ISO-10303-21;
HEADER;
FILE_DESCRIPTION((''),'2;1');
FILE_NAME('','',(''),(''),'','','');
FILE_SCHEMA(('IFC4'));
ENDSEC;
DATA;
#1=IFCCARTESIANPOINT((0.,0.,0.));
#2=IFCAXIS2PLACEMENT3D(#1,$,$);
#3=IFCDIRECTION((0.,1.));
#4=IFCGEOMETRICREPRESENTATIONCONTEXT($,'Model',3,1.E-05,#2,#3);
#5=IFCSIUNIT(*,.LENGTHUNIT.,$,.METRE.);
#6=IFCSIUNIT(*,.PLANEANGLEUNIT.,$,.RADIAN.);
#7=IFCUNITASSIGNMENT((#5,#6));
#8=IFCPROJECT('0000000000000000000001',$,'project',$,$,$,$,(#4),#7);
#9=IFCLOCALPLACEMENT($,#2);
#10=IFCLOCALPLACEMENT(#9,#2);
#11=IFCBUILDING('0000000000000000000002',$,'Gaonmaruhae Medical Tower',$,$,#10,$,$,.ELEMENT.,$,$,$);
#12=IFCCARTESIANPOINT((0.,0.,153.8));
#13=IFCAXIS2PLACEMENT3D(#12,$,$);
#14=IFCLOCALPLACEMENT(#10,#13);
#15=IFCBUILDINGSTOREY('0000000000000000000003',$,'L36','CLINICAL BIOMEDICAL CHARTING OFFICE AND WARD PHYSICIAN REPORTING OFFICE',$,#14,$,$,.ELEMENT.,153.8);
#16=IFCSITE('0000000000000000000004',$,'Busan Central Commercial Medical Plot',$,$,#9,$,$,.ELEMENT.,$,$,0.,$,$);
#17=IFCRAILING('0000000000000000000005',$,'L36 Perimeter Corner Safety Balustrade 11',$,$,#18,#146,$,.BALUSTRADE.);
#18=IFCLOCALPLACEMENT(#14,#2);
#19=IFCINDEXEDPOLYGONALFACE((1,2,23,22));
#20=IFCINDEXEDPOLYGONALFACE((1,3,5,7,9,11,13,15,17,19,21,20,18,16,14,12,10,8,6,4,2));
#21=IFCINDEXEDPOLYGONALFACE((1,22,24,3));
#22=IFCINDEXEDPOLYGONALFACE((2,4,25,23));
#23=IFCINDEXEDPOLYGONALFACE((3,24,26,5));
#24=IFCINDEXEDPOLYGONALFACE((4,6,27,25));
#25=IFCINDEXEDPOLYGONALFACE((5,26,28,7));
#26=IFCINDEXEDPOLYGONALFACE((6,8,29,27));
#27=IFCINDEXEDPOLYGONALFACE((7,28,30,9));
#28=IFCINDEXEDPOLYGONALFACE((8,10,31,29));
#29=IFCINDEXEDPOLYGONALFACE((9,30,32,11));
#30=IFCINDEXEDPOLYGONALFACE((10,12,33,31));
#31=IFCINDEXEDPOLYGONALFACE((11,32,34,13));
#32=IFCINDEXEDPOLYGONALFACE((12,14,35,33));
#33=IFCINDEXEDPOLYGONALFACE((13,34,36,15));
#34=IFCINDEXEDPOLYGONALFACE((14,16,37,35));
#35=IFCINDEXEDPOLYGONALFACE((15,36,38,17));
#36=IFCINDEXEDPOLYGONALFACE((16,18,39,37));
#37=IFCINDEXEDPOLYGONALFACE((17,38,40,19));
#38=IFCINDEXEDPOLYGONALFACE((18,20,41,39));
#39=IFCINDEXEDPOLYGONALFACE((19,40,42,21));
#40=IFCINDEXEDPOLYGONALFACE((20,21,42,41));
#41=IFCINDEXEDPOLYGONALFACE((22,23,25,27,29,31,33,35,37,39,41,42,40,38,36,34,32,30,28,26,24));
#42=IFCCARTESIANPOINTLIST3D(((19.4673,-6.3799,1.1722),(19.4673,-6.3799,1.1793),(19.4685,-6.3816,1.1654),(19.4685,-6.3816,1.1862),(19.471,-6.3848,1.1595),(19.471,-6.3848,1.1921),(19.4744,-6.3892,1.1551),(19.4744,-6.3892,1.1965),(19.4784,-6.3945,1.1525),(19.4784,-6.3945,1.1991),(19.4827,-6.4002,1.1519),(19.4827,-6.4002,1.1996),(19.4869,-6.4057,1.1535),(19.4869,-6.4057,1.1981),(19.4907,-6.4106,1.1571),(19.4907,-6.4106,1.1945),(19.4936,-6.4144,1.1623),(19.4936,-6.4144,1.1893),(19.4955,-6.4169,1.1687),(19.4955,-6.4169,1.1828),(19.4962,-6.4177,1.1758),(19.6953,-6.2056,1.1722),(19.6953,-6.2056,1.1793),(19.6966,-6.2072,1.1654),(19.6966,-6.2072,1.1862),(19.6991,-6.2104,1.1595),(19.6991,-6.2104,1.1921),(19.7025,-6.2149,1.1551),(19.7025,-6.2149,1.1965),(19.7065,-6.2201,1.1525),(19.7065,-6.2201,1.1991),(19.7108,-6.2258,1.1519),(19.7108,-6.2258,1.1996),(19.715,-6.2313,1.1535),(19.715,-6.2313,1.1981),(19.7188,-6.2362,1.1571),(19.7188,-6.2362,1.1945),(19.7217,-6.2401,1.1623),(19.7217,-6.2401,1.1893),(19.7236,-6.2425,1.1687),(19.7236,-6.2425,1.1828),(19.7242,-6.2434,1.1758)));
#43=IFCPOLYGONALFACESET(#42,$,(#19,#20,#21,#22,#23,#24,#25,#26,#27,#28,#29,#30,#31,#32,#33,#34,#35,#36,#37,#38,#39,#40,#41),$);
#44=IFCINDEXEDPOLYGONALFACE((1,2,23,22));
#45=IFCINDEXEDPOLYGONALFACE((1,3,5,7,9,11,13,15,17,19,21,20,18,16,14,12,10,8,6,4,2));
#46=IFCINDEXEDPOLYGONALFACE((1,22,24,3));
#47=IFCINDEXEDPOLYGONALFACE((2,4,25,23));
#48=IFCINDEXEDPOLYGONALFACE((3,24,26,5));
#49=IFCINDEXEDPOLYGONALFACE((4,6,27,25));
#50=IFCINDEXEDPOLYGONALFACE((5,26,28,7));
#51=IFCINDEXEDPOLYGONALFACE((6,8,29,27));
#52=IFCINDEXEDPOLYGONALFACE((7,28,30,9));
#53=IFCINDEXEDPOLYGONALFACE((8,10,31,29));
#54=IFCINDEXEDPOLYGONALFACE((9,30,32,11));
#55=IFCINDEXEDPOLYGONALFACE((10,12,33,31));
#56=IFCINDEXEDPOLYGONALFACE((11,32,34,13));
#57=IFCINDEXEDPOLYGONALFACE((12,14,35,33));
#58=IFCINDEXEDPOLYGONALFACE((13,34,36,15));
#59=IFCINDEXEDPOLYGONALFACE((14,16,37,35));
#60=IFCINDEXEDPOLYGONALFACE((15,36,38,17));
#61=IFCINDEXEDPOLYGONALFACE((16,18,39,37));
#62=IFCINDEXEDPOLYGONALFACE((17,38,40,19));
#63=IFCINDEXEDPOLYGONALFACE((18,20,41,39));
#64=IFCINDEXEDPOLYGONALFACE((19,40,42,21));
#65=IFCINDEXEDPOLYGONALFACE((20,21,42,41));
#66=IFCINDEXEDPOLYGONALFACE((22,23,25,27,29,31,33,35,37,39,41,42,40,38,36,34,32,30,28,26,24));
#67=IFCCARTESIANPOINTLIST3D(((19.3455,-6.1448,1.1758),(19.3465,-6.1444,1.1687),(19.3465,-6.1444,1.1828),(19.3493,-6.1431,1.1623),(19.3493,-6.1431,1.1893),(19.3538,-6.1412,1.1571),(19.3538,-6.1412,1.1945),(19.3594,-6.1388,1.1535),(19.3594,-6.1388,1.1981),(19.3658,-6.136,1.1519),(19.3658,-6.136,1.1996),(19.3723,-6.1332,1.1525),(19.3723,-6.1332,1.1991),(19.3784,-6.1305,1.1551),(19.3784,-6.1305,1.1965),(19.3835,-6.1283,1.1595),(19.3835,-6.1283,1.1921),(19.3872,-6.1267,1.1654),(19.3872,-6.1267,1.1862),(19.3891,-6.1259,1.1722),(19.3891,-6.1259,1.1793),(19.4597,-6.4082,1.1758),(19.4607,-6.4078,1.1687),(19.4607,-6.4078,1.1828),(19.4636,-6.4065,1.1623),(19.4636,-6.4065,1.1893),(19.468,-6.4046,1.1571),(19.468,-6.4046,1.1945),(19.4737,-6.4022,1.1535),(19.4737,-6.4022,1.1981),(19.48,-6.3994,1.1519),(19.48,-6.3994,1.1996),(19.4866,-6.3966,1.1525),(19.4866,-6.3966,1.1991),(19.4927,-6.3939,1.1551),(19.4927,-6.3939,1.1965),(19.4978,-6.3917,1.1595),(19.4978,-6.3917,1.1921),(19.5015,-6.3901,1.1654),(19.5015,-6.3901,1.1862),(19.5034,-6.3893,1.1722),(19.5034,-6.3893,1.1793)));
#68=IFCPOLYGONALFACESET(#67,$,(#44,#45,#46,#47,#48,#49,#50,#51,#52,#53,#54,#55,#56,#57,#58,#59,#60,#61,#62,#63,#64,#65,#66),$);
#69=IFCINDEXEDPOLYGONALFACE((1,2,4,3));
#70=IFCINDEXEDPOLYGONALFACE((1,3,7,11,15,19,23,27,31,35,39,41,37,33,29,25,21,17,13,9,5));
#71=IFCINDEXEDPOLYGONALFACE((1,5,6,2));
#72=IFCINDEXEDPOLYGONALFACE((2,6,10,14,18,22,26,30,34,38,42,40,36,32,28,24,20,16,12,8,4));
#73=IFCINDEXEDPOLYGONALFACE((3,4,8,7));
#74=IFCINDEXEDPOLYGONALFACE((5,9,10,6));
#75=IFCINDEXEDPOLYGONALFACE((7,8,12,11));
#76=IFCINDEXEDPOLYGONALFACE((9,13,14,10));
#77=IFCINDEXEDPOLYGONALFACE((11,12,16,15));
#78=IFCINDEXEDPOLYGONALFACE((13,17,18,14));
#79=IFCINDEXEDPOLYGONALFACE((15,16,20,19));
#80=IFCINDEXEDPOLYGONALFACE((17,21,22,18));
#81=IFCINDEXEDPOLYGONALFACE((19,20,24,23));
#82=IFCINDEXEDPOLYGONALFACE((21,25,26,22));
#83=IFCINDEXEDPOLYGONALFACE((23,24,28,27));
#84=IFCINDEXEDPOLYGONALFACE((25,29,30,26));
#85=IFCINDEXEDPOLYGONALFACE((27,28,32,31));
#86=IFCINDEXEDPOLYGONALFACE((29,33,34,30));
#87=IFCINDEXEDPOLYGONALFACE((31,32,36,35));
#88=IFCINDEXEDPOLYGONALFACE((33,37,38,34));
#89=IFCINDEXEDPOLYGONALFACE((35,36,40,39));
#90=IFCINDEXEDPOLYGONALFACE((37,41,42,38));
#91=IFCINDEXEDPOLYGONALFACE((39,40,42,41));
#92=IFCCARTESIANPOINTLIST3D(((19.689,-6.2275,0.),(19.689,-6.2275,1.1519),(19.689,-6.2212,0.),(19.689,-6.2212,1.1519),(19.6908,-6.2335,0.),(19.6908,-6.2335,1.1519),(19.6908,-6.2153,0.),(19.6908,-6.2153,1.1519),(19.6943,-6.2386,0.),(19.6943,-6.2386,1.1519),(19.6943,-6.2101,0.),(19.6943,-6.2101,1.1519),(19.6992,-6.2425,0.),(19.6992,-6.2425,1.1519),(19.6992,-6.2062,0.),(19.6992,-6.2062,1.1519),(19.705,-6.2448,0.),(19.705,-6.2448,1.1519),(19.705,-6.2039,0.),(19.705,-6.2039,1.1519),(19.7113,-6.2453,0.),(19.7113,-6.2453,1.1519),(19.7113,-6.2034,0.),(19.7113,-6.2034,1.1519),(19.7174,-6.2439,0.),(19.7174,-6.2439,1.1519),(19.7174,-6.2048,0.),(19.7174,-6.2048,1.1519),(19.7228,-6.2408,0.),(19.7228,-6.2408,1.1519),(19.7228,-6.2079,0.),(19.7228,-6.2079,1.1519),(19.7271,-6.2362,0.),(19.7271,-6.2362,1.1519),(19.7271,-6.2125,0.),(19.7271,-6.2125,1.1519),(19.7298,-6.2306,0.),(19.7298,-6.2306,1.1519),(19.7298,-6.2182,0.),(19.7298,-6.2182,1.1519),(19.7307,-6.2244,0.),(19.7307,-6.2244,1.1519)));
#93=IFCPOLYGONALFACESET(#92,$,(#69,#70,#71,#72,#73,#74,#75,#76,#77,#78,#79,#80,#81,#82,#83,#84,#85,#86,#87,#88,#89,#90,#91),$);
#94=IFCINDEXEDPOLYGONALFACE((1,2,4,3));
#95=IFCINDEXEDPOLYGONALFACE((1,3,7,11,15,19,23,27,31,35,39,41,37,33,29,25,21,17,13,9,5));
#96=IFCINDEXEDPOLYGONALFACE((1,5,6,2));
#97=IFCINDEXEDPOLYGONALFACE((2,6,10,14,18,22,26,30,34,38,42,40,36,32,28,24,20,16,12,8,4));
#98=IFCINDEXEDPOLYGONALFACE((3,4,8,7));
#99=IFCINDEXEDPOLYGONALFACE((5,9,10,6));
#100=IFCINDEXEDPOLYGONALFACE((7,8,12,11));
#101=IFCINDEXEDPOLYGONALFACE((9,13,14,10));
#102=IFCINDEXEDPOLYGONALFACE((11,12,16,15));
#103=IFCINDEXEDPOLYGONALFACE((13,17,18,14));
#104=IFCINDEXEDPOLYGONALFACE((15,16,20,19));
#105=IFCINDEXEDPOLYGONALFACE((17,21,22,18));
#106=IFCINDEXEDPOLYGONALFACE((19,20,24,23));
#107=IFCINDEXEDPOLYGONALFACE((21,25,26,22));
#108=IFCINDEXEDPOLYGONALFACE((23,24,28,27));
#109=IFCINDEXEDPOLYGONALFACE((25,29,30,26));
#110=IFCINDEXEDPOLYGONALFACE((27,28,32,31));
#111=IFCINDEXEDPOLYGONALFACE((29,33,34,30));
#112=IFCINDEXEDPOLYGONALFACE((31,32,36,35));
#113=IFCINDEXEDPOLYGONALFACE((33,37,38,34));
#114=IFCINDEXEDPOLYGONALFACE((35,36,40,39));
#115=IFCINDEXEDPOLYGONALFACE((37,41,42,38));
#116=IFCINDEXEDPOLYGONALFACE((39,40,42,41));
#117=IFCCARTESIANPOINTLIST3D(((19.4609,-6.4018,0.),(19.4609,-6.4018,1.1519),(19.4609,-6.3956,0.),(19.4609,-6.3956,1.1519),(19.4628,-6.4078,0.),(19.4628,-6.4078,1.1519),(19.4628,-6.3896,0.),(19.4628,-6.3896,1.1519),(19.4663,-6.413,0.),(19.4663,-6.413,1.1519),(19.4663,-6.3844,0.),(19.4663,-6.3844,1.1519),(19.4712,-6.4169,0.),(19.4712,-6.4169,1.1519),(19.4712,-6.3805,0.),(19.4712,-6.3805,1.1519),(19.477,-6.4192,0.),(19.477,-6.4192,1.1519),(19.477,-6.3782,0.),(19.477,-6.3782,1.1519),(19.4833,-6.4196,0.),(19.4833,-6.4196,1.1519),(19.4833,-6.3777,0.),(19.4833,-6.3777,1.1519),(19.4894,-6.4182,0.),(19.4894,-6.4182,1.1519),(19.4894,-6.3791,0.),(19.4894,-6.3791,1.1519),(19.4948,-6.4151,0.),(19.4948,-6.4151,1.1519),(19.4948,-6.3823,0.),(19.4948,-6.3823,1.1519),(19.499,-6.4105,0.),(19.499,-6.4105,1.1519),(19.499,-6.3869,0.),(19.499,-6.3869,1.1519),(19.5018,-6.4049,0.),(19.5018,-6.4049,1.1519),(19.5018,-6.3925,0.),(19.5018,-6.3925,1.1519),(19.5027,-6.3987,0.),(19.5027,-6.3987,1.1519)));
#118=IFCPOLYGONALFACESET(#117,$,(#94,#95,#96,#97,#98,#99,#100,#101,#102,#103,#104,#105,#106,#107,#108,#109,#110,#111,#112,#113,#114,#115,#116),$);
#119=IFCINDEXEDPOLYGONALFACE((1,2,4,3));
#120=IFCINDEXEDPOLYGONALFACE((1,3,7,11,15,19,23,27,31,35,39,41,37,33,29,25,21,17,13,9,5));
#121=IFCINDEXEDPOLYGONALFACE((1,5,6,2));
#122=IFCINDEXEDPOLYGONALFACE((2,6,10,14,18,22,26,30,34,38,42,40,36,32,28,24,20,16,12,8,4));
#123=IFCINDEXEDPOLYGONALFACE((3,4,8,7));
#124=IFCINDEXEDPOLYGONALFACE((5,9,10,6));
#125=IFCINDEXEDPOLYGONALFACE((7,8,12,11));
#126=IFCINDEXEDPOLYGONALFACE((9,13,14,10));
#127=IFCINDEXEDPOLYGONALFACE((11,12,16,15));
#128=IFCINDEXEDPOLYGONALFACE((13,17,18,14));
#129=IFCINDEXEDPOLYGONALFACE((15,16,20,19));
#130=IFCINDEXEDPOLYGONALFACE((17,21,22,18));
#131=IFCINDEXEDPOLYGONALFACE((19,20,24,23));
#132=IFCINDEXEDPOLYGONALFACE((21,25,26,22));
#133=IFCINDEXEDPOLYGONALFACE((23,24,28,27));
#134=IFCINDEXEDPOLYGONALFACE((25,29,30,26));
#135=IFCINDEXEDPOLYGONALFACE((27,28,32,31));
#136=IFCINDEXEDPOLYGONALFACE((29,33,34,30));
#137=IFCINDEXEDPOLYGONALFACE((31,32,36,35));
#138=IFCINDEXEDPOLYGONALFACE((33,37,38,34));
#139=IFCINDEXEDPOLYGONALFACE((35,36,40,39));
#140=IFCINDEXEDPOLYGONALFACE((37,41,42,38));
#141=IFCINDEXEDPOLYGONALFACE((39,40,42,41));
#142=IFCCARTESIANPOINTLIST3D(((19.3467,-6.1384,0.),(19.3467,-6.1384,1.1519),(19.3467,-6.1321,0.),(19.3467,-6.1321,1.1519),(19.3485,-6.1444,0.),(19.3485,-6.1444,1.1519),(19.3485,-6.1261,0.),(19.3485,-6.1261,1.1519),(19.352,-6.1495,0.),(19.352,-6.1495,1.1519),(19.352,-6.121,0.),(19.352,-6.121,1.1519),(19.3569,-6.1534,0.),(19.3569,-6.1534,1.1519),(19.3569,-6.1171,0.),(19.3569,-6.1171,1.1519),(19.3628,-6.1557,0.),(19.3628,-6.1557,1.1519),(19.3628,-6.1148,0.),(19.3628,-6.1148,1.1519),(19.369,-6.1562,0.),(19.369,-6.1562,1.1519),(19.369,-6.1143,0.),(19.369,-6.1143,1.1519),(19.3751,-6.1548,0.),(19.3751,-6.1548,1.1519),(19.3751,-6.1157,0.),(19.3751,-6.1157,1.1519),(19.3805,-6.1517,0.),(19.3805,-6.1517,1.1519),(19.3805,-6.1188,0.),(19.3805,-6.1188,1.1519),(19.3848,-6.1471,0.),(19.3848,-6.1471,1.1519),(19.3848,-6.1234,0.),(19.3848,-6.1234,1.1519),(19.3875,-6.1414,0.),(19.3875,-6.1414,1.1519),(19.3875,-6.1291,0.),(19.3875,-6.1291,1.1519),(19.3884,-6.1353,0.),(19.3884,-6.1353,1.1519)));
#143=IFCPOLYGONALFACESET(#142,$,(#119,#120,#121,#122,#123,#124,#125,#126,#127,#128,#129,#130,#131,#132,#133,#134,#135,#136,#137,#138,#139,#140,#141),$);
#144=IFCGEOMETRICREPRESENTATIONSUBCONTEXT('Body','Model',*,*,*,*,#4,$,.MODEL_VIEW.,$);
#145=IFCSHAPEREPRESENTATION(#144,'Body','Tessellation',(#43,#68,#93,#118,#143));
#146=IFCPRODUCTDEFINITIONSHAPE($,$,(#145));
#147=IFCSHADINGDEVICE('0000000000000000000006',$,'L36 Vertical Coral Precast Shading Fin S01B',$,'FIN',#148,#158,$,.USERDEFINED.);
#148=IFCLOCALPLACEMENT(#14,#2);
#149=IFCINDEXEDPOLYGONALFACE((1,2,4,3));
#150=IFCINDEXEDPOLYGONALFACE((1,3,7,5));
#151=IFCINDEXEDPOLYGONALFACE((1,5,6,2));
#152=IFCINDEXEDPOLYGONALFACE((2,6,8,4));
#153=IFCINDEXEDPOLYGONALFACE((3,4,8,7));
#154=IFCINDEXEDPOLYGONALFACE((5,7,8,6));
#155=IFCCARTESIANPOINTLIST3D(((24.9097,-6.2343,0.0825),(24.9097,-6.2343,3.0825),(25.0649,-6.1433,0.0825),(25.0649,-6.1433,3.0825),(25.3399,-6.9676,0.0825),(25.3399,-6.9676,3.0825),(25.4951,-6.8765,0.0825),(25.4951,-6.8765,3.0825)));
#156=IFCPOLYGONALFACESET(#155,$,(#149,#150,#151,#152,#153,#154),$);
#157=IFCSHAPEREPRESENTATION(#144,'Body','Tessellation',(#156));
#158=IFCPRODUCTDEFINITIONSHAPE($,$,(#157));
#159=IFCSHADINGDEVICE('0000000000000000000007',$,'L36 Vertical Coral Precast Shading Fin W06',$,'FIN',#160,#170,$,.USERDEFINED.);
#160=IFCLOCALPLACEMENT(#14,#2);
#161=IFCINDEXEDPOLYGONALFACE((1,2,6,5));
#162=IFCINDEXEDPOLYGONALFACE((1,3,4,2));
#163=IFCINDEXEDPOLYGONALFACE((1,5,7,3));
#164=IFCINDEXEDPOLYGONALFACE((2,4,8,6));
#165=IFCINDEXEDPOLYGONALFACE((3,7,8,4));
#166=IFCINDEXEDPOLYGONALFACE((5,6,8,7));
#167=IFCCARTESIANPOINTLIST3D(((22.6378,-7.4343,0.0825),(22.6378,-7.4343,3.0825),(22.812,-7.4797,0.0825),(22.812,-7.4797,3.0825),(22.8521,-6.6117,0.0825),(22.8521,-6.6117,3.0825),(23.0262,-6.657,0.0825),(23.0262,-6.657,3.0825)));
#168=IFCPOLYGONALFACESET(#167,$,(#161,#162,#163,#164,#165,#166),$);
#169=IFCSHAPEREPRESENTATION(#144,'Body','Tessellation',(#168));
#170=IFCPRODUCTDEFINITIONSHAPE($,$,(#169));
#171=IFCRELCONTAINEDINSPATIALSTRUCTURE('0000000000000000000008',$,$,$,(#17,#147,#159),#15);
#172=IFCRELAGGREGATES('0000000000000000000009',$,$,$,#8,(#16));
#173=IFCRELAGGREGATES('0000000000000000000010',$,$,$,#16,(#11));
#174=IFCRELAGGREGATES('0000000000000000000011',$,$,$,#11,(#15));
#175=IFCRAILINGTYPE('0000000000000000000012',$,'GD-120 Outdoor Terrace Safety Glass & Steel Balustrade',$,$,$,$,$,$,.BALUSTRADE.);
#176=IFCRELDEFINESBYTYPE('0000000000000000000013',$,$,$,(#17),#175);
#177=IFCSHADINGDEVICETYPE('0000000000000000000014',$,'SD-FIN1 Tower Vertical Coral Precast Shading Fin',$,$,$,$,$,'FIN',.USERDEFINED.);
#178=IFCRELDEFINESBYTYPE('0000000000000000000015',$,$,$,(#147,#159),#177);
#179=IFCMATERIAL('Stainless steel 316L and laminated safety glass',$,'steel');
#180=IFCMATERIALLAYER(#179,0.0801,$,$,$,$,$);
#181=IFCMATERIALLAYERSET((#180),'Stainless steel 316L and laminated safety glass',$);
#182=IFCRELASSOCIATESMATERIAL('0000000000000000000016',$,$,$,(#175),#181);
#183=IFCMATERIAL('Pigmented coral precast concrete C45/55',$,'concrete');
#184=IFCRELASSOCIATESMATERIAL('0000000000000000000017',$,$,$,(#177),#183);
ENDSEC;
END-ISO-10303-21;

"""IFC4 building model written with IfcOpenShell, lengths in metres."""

from ifc_helpers import new_model, si_unit, direction, frame, origin, origin_2d, place, context, subcontext, project, spatial, rectangle, circle, extrude, material, layer, layer_set, type_object, element, save


model = new_model("IFC4")

# Units and contexts
model_context = context("Model", 3, precision=1e-05, world=origin(), true_north=direction((0.0, 1.0)))
body_context = subcontext(model_context, "Body", "Model", "MODEL_VIEW")
ifc_project = project(units=[si_unit("LENGTHUNIT", "METRE"), si_unit("PLANEANGLEUNIT", "RADIAN")], contexts=[model_context])

# Site, building, storey
site_placement = place(None, origin())
site = spatial("IfcSite", under=ifc_project, at=site_placement, Name="Busan Central Commercial Medical Plot", CompositionType="ELEMENT", RefElevation=0.0)
building_placement = place(site_placement, origin())
building = spatial("IfcBuilding", under=site, at=building_placement, Name="Gaonmaruhae Medical Tower", CompositionType="ELEMENT")
storey_placement = place(building_placement, frame((0.0, 0.0, 153.8)))
storey = spatial("IfcBuildingStorey", under=building, at=storey_placement, Name="L36", Description="CLINICAL BIOMEDICAL CHARTING OFFICE AND WARD PHYSICIAN REPORTING OFFICE", CompositionType="ELEMENT", Elevation=153.8)

# Railing
ifc_material_1 = material(Name="Stainless steel 316L and laminated safety glass", Category="steel")
ifc_layer_1 = layer(ifc_material_1, 0.0801)
ifc_layer_set_1 = layer_set([ifc_layer_1], Name="Stainless steel 316L and laminated safety glass")
railing_type = type_object("IfcRailingType", Name="GD-120 Outdoor Terrace Safety Glass & Steel Balustrade", PredefinedType="BALUSTRADE", material=ifc_layer_set_1)
railing_1_placement = place(storey_placement, frame((19.7097, -6.2244, 0.0)))
element("IfcRailing", 1, at=railing_1_placement, inside=storey, type_object=railing_type, Name="L36 Perimeter Corner Safety Balustrade 11", PredefinedType="BALUSTRADE", context=body_context, shape_type="SweptSolid", body=[
    extrude(circle(Radius=0.0239, at=origin_2d()), frame((0.0, 0.0, 1.1758), z_axis=(-0.794454, -0.607324, 0.0), x_axis=(0.607324, -0.794454, 0.0)), (0.0, 0.0, 1.0), 0.2871),
    extrude(circle(Radius=0.0239, at=origin_2d()), frame((-0.228, -0.1743, 1.1758), z_axis=(-0.397918, 0.917421, 0.0), x_axis=(-0.917421, -0.397918, 0.0)), (0.0, 0.0, 1.0), 0.2871),
    extrude(circle(Radius=0.021, at=origin_2d()), origin(), (0.0, 0.0, 1.0), 1.1519),
    extrude(circle(Radius=0.021, at=origin_2d()), frame((-0.228, -0.1743, 0.0)), (0.0, 0.0, 1.0), 1.1519),
    extrude(circle(Radius=0.021, at=origin_2d()), frame((-0.3423, 0.0891, 0.0)), (0.0, 0.0, 1.0), 1.1519),
])

# Shading devices
ifc_material_2 = material(Name="Pigmented coral precast concrete C45/55", Category="concrete")
shading_device_type = type_object("IfcShadingDeviceType", Name="SD-FIN1 Tower Vertical Coral Precast Shading Fin", ElementType="FIN", PredefinedType="USERDEFINED", material=ifc_material_2)
for number, where, z_axis, x_axis, name in (
    (2, (25.2024, -6.5554, 0.0825), (0.0, 0.0, 1.0), (-0.862514, -0.506034, 0.0), "L36 Vertical Coral Precast Shading Fin S01B"),
    (3, (22.832, -7.0457, 0.0825), (0.0, 0.0, 1.0), (-0.967709, 0.252069, 0.0), "L36 Vertical Coral Precast Shading Fin W06"),
):
    element("IfcShadingDevice", number, at=place(storey_placement, frame(where, z_axis=z_axis, x_axis=x_axis)), inside=storey, type_object=shading_device_type, Name=name, ObjectType="FIN", PredefinedType="USERDEFINED", context=body_context, shape_type="SweptSolid", body=[
        extrude(rectangle(XDim=0.1799, YDim=0.8501, at=origin_2d()), origin(), (0.0, 0.0, 1.0), 3.0),
    ])

save(model, "model.ifc")
